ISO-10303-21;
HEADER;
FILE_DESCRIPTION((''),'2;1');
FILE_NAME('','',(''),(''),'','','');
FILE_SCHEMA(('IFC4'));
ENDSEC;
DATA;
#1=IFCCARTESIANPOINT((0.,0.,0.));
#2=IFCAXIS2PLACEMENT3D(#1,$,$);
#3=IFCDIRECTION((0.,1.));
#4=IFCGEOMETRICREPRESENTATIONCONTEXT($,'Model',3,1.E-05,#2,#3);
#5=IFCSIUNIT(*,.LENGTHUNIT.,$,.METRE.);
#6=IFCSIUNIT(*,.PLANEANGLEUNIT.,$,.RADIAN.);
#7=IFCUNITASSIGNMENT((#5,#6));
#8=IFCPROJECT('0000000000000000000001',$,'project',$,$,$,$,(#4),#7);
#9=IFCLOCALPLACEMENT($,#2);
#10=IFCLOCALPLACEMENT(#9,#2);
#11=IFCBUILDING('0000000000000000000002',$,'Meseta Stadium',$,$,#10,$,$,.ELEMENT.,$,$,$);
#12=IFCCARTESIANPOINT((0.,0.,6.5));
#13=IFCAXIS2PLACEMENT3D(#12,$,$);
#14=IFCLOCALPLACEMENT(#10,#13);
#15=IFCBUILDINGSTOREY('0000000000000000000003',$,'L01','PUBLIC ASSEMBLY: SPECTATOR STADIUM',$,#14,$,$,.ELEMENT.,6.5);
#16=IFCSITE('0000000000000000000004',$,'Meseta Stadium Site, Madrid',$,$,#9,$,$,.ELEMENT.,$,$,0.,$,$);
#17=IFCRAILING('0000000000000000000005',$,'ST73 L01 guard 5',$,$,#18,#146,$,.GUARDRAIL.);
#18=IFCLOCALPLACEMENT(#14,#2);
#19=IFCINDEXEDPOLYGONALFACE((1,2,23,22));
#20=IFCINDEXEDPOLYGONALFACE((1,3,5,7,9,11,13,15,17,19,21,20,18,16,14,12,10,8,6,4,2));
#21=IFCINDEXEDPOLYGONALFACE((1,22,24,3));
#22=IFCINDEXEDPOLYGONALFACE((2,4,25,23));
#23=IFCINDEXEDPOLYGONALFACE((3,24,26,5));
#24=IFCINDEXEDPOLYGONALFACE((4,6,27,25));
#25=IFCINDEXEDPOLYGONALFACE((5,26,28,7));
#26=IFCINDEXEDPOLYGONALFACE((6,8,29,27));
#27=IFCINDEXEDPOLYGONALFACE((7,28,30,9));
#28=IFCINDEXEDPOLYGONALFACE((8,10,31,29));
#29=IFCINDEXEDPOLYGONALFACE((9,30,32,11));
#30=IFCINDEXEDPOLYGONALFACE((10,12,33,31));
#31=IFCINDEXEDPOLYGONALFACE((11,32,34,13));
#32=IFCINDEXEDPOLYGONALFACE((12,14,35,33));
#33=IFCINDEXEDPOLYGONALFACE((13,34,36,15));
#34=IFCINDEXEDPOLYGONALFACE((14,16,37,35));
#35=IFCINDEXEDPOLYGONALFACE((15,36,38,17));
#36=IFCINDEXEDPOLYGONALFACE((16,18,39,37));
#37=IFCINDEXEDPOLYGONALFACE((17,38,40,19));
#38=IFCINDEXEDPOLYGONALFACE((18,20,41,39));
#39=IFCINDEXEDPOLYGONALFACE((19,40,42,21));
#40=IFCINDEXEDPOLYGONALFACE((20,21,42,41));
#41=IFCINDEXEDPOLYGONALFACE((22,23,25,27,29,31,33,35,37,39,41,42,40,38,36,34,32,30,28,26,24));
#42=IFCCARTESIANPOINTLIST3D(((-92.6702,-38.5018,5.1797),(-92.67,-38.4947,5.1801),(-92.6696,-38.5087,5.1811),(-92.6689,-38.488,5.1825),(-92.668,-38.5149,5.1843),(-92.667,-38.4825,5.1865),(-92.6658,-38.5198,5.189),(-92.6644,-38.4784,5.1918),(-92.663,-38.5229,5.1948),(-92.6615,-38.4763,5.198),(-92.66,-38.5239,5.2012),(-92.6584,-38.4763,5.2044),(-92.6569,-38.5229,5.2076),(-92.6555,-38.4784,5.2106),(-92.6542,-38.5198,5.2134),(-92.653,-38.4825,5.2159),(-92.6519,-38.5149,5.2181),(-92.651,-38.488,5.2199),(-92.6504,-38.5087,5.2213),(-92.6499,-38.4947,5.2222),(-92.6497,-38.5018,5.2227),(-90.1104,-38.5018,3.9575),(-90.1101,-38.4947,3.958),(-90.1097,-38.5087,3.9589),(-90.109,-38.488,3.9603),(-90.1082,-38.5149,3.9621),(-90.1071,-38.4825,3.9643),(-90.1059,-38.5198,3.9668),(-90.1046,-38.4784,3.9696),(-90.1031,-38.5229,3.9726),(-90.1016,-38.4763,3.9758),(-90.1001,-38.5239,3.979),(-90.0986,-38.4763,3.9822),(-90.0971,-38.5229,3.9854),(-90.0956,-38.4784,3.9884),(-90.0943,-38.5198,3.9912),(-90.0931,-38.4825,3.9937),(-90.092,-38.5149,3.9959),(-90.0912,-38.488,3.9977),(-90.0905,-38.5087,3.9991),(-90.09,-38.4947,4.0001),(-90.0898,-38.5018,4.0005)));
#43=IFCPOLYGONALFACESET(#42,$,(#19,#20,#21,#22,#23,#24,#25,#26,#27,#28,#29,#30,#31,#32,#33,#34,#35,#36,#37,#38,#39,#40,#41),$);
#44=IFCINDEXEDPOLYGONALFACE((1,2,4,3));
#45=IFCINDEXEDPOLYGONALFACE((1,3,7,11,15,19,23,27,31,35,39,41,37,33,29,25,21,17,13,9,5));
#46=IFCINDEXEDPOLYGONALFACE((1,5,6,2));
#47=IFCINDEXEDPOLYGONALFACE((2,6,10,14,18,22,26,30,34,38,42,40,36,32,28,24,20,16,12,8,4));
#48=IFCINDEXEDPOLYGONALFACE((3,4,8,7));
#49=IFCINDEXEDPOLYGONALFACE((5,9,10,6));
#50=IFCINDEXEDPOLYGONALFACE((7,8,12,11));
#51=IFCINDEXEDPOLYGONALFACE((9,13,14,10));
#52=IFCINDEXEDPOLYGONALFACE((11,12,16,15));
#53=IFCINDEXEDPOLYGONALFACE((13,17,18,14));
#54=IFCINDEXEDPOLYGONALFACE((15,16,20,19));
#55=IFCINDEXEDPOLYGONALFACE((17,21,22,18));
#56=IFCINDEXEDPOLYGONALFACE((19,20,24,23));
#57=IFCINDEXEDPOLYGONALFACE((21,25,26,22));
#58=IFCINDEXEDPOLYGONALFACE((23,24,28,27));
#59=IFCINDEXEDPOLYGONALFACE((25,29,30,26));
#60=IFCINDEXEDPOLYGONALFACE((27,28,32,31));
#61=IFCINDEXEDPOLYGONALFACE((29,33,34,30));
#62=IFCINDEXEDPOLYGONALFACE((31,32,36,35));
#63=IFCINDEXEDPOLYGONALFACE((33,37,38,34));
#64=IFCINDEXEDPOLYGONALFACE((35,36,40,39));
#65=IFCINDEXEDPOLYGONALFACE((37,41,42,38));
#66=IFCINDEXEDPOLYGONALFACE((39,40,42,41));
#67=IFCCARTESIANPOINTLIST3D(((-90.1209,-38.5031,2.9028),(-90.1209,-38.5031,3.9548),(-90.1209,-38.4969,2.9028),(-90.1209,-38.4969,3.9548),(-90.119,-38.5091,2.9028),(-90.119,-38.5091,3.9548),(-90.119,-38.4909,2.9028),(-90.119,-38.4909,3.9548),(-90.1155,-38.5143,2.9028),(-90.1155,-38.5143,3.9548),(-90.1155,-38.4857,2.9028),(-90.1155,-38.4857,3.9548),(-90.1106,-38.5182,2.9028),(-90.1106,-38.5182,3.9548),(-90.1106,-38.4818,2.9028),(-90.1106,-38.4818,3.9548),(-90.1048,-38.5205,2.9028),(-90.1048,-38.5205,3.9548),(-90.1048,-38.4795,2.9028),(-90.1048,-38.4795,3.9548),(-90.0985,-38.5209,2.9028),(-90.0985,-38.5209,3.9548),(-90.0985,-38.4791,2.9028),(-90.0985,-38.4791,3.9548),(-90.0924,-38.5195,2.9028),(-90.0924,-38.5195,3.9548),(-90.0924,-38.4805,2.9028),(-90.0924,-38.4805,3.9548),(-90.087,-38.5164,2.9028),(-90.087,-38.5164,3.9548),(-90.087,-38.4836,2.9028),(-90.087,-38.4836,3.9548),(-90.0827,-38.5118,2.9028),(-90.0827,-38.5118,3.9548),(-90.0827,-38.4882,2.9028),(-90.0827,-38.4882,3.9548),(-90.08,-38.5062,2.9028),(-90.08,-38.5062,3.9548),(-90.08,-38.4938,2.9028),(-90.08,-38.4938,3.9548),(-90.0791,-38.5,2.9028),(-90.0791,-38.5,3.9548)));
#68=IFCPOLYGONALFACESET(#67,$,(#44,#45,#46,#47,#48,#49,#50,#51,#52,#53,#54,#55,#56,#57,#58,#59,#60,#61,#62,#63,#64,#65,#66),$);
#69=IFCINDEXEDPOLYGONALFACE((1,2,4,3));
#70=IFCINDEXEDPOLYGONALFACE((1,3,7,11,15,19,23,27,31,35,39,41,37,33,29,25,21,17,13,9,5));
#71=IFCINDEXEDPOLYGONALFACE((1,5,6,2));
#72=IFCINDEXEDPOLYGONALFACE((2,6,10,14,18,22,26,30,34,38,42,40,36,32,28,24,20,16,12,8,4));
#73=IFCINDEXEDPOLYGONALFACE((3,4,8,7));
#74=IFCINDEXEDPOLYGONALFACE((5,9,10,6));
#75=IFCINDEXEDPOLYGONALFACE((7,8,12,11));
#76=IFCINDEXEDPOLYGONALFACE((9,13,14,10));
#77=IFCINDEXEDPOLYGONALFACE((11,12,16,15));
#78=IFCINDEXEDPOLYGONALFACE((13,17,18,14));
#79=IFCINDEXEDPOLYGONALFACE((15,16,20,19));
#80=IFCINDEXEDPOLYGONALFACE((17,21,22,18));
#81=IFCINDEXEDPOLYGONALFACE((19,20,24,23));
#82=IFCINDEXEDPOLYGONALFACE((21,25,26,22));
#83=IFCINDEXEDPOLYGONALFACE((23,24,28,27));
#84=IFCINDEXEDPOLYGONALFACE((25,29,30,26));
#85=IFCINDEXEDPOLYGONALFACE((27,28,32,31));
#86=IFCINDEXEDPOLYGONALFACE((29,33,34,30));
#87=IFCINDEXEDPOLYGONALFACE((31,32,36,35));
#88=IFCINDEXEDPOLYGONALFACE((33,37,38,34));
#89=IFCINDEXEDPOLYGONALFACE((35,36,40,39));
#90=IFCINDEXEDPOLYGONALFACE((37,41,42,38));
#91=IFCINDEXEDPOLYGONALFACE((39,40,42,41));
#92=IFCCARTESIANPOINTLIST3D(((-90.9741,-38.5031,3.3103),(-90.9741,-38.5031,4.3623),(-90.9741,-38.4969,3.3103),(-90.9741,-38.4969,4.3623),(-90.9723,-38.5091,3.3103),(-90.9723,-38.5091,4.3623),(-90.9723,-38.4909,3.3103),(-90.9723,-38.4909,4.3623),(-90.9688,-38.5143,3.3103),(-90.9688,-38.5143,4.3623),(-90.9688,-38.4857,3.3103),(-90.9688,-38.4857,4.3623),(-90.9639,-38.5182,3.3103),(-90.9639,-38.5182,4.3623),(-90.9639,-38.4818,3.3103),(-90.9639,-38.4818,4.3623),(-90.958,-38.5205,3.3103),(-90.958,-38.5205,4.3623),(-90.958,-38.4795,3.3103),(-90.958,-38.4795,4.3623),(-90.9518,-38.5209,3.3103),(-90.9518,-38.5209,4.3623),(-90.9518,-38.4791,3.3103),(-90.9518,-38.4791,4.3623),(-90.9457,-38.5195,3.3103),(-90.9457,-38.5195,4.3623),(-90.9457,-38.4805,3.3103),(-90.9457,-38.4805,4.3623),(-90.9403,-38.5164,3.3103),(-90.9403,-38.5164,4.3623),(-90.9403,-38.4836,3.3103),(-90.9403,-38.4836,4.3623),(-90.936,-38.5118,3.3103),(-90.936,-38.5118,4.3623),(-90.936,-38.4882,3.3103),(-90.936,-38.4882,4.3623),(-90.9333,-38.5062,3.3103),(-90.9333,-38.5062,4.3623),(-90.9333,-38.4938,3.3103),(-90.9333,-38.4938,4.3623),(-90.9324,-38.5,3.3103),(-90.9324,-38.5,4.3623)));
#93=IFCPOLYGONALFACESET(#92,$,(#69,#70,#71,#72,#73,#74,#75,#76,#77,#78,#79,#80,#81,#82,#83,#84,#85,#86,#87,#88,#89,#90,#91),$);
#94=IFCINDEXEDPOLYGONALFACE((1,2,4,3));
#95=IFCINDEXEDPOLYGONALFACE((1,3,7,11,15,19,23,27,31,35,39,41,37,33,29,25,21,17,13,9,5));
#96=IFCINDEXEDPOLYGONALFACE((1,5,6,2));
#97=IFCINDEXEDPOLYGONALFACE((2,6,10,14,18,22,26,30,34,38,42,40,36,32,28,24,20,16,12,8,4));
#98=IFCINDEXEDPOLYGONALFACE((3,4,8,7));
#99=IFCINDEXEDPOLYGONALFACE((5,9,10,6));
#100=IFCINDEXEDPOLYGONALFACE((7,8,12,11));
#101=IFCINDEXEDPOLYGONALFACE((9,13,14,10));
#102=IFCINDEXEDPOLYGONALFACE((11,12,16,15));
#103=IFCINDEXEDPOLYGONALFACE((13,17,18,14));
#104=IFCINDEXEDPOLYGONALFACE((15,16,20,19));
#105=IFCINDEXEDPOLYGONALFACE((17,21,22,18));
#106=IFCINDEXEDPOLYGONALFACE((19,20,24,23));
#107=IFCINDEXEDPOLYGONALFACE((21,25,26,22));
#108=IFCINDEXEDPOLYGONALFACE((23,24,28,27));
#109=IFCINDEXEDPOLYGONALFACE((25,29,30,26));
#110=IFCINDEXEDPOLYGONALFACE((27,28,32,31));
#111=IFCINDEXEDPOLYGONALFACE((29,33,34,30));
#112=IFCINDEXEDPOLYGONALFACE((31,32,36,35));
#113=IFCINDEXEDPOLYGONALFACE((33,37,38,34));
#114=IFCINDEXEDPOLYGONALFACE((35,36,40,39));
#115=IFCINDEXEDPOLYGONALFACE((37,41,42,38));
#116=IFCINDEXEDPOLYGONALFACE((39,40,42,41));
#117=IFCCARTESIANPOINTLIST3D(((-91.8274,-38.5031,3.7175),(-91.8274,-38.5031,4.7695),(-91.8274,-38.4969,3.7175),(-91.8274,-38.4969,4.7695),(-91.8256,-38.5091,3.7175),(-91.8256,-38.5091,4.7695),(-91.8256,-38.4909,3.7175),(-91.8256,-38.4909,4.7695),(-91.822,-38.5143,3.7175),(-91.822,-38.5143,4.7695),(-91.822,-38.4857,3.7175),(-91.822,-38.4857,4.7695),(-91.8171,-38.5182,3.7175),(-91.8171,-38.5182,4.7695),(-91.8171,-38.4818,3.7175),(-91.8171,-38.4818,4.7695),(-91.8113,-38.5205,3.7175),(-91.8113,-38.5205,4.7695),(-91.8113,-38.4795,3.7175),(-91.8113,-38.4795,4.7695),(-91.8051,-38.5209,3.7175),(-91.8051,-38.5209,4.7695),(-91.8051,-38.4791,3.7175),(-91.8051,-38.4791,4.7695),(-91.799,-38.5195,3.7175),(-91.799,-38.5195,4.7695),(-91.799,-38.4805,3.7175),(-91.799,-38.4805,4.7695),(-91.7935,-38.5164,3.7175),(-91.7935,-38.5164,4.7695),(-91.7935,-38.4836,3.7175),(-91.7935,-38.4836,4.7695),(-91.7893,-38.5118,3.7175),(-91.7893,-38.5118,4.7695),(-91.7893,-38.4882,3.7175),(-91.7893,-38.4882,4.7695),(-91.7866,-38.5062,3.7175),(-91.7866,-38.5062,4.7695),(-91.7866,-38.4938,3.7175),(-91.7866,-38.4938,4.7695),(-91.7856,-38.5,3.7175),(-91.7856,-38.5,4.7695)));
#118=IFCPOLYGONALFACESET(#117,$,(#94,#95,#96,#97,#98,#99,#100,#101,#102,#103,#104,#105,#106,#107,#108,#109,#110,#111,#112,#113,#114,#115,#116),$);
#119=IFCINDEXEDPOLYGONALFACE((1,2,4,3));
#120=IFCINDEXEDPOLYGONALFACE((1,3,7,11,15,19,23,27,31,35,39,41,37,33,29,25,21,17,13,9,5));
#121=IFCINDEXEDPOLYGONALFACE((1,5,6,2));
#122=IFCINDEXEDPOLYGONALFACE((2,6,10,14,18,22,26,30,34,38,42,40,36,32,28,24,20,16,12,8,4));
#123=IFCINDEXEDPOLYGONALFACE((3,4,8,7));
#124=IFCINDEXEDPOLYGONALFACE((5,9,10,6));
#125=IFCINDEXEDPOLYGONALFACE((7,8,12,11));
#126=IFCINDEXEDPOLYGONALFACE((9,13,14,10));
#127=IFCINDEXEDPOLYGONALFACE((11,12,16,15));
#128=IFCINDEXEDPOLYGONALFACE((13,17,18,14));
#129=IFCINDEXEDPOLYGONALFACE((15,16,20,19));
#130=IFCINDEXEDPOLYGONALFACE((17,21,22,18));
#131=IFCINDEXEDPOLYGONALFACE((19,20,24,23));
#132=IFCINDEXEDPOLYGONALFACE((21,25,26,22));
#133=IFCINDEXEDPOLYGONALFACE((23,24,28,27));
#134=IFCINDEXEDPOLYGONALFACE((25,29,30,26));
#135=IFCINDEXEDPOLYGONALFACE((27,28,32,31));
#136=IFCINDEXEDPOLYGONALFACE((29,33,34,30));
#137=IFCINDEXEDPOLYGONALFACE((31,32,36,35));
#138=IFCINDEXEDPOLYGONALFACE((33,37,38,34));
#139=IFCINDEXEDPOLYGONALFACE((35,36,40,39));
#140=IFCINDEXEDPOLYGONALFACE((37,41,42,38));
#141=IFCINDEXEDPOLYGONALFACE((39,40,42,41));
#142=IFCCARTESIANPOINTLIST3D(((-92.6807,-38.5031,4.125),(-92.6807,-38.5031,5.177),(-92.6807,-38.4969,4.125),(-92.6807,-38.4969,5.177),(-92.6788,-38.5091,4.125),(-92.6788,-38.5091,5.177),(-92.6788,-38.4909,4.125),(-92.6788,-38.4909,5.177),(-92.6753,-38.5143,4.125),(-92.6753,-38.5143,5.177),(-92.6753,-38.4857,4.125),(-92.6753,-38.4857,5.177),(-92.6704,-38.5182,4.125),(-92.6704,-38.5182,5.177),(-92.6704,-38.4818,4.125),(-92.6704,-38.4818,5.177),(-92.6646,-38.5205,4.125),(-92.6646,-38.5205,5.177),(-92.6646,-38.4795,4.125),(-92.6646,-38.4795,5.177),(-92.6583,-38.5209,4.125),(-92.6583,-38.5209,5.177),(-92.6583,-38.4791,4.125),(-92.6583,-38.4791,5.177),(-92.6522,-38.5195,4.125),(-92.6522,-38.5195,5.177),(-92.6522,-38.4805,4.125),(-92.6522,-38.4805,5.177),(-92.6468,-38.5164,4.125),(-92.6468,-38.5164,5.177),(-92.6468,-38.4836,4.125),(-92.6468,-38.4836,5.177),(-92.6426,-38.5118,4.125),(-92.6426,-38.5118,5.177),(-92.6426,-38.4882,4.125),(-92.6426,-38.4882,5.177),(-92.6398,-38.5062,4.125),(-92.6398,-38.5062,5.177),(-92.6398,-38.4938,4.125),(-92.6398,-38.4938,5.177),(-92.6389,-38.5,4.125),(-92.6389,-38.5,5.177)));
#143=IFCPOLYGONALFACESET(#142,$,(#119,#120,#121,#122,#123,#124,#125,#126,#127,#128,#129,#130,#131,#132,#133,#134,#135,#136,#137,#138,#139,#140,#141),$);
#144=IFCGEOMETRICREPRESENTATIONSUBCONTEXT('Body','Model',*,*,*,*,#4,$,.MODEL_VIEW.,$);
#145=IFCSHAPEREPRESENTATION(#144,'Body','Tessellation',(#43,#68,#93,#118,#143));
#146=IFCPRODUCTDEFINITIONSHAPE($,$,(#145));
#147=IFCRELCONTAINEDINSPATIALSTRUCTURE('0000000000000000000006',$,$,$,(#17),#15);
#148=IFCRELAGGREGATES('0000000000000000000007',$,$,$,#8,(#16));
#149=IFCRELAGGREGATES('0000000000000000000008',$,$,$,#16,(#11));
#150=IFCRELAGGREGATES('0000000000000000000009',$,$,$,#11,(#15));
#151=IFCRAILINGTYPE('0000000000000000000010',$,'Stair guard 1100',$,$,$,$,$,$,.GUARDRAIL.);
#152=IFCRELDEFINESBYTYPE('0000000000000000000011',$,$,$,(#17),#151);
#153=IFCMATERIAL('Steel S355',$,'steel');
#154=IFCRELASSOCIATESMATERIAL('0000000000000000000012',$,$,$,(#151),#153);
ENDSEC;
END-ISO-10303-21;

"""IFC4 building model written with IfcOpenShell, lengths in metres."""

from ifc_helpers import new_model, si_unit, direction, frame, origin, origin_2d, place, context, subcontext, project, spatial, circle, extrude, material, type_object, element, save


model = new_model("IFC4")

# Units and contexts
model_context = context("Model", 3, precision=1e-05, world=origin(), true_north=direction((0.0, 1.0)))
body_context = subcontext(model_context, "Body", "Model", "MODEL_VIEW")
ifc_project = project(units=[si_unit("LENGTHUNIT", "METRE"), si_unit("PLANEANGLEUNIT", "RADIAN")], contexts=[model_context])

# Site, building, storey
site_placement = place(None, origin())
site = spatial("IfcSite", under=ifc_project, at=site_placement, Name="Meseta Stadium Site, Madrid", CompositionType="ELEMENT", RefElevation=0.0)
building_placement = place(site_placement, origin())
building = spatial("IfcBuilding", under=site, at=building_placement, Name="Meseta Stadium", CompositionType="ELEMENT")
storey_placement = place(building_placement, frame((0.0, 0.0, 6.5)))
storey = spatial("IfcBuildingStorey", under=building, at=storey_placement, Name="L01", Description="PUBLIC ASSEMBLY: SPECTATOR STADIUM", CompositionType="ELEMENT", Elevation=6.5)

# Railing
ifc_material_1 = material(Name="Steel S355", Category="steel")
railing_type_1 = type_object("IfcRailingType", Name="Stair guard 1100", PredefinedType="GUARDRAIL", material=ifc_material_1)
railing_1_placement = place(storey_placement, frame((-90.1001, -38.5, 2.9028)))
element("IfcRailing", 1, at=railing_1_placement, inside=storey, type_object=railing_type_1, Name="ST73 L01 guard 5", PredefinedType="GUARDRAIL", context=body_context, shape_type="SweptSolid", body=[
    extrude(circle(Radius=0.0239, at=origin_2d()), frame((0.0, 0.0, 1.0762), z_axis=(-0.902421, 0.0, 0.430855), x_axis=(0.0, -1.0, 0.0)), (0.0, 0.0, 1.0), 2.8367),
    extrude(circle(Radius=0.021, at=origin_2d()), origin(), (0.0, 0.0, 1.0), 1.052),
    extrude(circle(Radius=0.021, at=origin_2d()), frame((-0.8533, 0.0, 0.4075)), (0.0, 0.0, 1.0), 1.052),
    extrude(circle(Radius=0.021, at=origin_2d()), frame((-1.7065, 0.0, 0.8147)), (0.0, 0.0, 1.0), 1.052),
    extrude(circle(Radius=0.021, at=origin_2d()), frame((-2.5598, 0.0, 1.2222)), (0.0, 0.0, 1.0), 1.052),
])

save(model, "model.ifc")
